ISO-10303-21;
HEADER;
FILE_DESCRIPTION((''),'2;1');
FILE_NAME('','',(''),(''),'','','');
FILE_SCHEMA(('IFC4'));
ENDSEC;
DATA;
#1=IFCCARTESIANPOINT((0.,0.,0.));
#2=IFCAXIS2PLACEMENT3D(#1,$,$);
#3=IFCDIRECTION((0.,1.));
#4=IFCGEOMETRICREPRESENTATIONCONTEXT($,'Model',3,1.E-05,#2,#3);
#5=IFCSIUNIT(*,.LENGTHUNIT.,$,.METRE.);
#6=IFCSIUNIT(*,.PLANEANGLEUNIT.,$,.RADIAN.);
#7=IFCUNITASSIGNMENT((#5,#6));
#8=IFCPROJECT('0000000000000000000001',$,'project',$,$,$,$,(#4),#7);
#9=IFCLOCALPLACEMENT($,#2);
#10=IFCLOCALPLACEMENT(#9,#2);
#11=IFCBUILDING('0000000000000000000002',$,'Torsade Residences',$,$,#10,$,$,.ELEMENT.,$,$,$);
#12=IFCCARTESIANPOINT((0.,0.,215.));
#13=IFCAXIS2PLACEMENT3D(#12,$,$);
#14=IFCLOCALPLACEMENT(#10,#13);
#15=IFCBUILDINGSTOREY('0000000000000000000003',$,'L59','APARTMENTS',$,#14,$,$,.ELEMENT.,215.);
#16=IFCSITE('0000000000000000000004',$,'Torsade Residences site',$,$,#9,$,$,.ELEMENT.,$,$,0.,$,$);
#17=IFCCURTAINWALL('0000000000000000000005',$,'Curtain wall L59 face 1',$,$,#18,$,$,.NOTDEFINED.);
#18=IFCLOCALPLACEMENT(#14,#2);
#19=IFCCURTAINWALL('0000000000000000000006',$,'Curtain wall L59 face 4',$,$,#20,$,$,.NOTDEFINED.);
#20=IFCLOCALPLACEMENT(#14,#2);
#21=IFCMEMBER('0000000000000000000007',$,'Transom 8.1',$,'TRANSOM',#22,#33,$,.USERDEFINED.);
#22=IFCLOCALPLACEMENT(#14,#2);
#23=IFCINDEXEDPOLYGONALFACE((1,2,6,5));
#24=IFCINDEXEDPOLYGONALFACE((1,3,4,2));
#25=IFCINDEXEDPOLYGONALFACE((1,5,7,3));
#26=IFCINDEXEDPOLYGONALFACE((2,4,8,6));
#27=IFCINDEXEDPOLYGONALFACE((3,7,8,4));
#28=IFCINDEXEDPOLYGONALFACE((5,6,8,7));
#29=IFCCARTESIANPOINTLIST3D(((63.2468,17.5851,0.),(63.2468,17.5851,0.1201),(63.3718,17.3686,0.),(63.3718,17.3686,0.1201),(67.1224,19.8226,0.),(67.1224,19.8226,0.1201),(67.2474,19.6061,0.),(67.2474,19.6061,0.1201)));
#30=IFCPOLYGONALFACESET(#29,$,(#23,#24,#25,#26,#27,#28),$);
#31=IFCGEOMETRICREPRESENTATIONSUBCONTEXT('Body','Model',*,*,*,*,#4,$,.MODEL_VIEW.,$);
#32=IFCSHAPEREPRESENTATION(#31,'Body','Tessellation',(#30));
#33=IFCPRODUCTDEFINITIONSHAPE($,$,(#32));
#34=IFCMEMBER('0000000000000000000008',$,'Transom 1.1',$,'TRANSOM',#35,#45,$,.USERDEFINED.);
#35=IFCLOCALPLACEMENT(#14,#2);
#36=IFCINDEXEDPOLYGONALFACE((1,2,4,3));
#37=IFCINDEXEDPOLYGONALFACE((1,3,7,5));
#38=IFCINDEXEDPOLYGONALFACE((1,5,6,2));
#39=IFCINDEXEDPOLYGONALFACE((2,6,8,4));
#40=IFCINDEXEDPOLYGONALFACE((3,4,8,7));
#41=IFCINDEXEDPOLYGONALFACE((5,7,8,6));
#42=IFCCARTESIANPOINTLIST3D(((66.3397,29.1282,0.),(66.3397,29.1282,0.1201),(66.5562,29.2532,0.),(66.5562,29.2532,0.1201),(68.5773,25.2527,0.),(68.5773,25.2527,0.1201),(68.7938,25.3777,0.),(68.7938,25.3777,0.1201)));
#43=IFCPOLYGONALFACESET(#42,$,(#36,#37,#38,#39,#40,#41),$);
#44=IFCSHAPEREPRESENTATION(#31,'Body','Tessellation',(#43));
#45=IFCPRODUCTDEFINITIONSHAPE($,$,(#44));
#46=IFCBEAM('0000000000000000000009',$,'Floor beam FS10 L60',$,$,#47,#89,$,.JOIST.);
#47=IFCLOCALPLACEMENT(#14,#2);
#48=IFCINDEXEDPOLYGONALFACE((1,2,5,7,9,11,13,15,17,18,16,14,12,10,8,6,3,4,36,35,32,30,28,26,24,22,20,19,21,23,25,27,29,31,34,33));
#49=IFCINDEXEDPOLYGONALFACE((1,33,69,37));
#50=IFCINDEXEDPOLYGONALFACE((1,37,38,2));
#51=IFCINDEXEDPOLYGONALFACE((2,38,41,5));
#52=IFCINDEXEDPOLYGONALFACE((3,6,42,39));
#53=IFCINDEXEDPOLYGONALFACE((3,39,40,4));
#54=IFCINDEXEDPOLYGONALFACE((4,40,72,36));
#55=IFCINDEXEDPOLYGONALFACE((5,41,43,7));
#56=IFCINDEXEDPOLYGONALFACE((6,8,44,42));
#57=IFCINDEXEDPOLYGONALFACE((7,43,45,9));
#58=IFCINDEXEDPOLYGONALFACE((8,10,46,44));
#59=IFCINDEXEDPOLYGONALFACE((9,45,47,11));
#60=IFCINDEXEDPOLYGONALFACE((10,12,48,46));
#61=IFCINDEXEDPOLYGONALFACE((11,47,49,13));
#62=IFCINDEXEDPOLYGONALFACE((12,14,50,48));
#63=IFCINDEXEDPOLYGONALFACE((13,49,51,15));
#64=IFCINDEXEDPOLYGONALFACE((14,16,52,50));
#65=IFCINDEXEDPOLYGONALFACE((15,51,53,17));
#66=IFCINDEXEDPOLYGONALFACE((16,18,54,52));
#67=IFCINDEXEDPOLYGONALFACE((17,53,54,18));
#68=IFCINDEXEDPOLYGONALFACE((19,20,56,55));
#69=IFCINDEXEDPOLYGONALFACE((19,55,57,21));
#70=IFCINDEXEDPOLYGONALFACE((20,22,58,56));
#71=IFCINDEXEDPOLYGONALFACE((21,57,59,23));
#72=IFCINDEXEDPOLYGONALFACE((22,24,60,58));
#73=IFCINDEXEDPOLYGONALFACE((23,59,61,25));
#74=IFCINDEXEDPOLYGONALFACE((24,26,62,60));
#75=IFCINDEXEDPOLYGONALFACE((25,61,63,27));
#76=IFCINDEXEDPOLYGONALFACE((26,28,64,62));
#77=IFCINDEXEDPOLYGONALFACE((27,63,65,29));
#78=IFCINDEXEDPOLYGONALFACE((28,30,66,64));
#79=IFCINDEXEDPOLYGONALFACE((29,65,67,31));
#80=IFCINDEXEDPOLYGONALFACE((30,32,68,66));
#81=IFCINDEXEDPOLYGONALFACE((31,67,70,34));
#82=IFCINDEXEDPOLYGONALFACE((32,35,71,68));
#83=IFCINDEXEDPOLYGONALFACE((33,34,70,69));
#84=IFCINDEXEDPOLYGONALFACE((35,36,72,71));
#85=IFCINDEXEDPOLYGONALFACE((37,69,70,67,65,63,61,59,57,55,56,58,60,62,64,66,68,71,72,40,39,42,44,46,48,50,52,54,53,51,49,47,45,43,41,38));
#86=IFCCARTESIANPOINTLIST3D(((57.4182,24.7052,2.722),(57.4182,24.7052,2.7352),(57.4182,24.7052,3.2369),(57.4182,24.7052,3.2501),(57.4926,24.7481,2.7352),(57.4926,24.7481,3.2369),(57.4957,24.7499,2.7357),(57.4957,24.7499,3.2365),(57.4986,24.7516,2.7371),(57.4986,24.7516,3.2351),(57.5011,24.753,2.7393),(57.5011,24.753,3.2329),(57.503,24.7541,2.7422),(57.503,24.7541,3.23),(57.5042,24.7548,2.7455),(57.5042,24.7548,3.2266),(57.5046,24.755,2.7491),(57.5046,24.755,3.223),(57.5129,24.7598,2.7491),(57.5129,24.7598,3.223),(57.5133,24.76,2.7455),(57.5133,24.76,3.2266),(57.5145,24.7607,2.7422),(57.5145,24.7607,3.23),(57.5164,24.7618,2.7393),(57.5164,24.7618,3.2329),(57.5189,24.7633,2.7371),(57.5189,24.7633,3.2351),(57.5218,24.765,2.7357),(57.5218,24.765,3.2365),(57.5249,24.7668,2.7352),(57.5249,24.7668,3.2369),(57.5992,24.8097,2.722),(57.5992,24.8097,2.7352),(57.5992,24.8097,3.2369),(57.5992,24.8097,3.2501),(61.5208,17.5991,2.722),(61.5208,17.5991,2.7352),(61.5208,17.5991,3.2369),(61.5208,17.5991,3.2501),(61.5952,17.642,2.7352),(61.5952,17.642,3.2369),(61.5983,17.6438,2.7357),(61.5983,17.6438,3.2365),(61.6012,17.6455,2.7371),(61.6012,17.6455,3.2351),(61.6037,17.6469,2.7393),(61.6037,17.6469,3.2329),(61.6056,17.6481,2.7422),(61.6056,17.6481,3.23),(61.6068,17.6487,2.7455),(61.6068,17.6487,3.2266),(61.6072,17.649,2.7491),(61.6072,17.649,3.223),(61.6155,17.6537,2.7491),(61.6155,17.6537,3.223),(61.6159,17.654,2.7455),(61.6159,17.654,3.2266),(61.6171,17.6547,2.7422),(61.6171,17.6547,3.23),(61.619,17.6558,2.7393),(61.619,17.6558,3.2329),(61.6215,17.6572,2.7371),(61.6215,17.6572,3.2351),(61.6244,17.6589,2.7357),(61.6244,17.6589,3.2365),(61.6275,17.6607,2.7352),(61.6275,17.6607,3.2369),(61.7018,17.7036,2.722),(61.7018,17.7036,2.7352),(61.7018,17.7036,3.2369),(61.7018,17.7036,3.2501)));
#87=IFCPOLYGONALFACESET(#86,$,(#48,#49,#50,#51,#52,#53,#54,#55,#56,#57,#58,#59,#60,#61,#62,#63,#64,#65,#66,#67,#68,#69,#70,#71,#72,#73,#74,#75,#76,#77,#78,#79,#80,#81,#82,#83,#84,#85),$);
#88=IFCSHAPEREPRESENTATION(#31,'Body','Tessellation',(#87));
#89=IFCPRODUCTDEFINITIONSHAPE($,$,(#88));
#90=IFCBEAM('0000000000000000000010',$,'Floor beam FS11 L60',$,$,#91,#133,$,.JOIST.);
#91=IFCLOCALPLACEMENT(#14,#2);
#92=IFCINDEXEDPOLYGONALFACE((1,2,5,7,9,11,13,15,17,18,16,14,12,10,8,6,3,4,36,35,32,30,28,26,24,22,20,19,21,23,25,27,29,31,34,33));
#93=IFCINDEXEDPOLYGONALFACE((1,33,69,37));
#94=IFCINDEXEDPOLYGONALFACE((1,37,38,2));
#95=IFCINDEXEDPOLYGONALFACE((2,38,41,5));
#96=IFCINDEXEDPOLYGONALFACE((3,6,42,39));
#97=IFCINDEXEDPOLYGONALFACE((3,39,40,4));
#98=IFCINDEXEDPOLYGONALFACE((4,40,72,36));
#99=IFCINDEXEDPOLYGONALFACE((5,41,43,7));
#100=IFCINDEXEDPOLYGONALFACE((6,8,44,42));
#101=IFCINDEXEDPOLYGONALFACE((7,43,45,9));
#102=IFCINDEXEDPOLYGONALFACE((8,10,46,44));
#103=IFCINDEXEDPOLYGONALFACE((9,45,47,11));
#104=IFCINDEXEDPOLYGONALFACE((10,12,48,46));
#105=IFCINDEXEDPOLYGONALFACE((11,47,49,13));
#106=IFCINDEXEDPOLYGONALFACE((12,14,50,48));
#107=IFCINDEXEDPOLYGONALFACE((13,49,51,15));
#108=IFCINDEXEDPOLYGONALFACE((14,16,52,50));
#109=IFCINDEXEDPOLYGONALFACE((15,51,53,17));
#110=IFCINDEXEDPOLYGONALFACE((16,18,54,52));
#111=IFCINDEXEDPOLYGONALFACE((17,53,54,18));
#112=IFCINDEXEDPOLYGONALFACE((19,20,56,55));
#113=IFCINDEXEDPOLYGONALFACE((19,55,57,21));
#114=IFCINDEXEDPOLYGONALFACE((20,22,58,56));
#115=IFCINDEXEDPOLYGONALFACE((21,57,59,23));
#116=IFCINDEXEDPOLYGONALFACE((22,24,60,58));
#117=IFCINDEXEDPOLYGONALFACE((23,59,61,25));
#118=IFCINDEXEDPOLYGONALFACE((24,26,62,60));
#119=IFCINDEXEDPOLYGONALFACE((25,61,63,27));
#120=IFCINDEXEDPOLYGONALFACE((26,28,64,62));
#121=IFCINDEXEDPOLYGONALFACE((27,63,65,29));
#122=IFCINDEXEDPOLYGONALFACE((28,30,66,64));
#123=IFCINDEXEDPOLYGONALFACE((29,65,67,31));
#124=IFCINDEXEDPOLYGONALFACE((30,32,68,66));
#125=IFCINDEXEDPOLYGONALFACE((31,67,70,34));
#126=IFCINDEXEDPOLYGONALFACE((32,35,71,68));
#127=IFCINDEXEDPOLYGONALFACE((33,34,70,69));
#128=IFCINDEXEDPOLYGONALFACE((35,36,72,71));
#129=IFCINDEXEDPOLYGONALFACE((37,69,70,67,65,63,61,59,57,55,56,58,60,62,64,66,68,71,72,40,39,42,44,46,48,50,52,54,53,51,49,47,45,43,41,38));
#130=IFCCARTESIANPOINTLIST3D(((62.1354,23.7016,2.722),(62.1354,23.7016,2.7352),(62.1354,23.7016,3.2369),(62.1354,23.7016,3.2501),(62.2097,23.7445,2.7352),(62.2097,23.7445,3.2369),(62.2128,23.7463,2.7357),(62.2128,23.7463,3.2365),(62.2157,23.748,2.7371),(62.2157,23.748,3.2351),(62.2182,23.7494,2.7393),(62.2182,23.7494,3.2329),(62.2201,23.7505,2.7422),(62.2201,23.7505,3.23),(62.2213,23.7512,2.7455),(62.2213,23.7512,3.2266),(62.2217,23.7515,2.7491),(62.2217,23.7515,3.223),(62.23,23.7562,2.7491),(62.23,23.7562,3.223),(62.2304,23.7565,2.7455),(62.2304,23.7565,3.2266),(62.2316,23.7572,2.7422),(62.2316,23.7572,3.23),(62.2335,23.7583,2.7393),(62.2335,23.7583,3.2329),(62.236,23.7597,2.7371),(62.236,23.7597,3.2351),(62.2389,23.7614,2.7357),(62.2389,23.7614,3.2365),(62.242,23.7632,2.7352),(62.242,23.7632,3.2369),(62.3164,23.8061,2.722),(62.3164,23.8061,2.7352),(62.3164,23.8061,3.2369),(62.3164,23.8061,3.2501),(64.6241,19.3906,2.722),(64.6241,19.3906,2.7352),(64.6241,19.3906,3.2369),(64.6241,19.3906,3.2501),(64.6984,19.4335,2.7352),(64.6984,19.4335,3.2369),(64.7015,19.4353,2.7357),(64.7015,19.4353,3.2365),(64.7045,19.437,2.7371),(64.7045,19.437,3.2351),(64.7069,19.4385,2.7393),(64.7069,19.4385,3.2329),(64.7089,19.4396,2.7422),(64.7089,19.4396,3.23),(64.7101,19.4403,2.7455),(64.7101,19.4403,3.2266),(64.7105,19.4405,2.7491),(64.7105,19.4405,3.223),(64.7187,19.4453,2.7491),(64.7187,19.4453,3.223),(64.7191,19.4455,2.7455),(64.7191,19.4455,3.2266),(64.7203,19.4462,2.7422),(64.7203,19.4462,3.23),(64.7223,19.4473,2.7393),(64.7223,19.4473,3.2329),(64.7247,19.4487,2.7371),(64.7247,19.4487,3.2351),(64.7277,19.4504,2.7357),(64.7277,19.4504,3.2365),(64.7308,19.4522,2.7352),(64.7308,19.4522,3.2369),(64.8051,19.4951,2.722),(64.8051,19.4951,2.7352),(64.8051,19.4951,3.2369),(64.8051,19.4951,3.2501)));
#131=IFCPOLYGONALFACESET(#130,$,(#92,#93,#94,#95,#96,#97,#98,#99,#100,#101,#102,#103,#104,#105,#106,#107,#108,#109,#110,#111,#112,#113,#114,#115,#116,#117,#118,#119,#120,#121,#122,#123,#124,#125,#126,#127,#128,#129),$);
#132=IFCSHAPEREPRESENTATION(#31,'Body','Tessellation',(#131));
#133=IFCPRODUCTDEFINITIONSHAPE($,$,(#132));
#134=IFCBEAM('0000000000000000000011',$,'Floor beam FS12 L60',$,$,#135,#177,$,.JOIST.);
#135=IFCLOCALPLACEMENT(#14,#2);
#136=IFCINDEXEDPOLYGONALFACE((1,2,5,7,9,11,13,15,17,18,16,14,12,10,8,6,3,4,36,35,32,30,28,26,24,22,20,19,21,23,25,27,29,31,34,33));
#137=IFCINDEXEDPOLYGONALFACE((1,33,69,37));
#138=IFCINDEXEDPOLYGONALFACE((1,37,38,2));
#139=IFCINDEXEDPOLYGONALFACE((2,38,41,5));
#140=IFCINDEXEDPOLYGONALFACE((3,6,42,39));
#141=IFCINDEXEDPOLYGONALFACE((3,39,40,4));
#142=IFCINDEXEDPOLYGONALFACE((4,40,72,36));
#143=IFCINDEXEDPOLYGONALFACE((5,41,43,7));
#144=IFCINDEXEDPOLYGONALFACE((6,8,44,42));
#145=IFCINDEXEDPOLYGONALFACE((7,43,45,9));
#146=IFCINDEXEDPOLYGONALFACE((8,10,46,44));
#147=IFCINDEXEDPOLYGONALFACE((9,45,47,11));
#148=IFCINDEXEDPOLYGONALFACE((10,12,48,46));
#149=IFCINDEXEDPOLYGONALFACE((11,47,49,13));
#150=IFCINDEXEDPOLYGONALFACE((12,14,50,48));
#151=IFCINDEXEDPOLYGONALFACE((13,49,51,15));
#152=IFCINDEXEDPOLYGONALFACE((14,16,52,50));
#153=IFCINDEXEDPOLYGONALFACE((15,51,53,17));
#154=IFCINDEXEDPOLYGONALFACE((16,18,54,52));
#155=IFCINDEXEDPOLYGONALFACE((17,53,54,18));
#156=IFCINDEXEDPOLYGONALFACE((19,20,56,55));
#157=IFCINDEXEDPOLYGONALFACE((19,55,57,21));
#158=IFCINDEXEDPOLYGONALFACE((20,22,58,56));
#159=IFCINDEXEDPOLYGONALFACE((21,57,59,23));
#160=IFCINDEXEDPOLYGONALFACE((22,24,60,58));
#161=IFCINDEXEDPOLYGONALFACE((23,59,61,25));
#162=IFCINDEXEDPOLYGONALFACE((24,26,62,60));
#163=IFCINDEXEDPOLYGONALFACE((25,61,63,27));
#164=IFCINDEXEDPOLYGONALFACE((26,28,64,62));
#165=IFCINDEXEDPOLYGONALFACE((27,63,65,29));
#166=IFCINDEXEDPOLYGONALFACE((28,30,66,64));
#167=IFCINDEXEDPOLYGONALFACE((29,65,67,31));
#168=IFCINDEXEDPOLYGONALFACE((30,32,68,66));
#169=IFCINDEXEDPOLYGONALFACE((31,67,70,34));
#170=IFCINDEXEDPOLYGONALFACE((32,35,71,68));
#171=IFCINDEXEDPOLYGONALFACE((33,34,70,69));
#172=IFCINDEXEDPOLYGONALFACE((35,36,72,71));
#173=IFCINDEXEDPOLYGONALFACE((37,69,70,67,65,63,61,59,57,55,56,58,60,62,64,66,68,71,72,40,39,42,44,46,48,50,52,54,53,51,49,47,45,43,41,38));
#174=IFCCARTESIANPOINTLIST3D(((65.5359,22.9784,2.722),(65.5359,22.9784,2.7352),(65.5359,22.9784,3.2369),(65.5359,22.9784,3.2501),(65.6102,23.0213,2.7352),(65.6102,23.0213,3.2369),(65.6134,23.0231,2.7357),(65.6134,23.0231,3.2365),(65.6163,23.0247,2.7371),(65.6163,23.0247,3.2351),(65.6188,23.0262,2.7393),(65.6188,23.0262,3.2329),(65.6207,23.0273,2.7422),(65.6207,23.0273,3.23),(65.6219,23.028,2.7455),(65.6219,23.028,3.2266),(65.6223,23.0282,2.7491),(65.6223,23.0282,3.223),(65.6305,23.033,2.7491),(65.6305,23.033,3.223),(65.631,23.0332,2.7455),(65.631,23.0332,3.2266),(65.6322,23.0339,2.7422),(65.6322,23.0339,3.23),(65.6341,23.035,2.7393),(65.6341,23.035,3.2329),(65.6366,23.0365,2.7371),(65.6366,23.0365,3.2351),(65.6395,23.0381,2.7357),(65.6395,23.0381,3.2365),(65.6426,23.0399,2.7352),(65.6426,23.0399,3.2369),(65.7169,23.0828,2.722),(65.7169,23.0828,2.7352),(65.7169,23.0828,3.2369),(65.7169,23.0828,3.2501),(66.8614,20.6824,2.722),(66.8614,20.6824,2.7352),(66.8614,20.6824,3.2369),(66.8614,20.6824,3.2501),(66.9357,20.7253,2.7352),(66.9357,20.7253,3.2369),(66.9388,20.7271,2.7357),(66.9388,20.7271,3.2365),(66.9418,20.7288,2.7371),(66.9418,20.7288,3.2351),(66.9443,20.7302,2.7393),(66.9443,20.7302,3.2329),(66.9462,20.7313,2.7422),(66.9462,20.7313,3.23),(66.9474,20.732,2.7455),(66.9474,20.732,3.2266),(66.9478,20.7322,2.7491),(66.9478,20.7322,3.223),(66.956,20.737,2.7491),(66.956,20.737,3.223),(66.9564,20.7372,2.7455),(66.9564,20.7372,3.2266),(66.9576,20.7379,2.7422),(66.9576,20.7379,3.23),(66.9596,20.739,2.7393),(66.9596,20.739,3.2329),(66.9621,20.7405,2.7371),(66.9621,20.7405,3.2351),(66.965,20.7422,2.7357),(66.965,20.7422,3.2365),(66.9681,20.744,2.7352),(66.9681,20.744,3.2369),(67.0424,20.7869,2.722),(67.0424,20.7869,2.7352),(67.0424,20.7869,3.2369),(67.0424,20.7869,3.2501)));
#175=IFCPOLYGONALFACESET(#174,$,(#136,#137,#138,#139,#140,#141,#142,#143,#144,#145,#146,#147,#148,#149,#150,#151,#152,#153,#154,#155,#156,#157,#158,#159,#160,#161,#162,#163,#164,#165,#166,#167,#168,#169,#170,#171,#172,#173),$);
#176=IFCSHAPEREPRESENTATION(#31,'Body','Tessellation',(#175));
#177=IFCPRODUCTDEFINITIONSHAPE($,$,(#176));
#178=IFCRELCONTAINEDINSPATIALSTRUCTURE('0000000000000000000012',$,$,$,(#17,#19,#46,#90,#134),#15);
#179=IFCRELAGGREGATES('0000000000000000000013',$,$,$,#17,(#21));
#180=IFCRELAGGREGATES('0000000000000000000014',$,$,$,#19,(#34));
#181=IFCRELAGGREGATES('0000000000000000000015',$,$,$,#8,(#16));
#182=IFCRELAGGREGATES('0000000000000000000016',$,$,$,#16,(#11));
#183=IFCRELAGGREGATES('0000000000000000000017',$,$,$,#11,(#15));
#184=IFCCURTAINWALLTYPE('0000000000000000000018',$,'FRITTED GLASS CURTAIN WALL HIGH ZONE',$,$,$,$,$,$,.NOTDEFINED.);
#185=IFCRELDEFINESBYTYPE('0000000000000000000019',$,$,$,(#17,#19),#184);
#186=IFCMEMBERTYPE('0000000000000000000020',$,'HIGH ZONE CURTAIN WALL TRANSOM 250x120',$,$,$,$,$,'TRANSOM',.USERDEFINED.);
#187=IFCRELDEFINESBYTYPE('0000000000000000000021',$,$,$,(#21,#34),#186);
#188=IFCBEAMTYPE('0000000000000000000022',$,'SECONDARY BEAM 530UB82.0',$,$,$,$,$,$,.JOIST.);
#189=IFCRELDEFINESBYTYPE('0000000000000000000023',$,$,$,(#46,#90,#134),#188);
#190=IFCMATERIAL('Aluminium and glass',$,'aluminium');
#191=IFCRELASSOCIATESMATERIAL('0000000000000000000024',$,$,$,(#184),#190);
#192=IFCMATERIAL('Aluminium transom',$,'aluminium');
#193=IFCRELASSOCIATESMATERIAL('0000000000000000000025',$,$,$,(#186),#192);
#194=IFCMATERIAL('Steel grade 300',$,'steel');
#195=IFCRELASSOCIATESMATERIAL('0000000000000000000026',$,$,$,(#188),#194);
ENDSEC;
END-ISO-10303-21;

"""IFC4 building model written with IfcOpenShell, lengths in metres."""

from ifc_helpers import new_model, si_unit, direction, frame, origin, origin_2d, place, context, subcontext, project, spatial, rectangle, i_section, extrude, material, material_profile, profile_set, type_object, element, aggregate, save


model = new_model("IFC4")

# Units and contexts
model_context = context("Model", 3, precision=1e-05, world=origin(), true_north=direction((0.0, 1.0)))
body_context = subcontext(model_context, "Body", "Model", "MODEL_VIEW")
ifc_project = project(units=[si_unit("LENGTHUNIT", "METRE"), si_unit("PLANEANGLEUNIT", "RADIAN")], contexts=[model_context])

# Site, building, storey
site_placement = place(None, origin())
site = spatial("IfcSite", under=ifc_project, at=site_placement, Name="Torsade Residences site", CompositionType="ELEMENT", RefElevation=0.0)
building_placement = place(site_placement, origin())
building = spatial("IfcBuilding", under=site, at=building_placement, Name="Torsade Residences", CompositionType="ELEMENT")
storey_placement = place(building_placement, frame((0.0, 0.0, 215.0)))
storey = spatial("IfcBuildingStorey", under=building, at=storey_placement, Name="L59", Description="APARTMENTS", CompositionType="ELEMENT", Elevation=215.0)

# Curtain wall
ifc_material_1 = material(Name="Aluminium and glass", Category="aluminium")
curtain_wall_type = type_object("IfcCurtainWallType", Name="FRITTED GLASS CURTAIN WALL HIGH ZONE", PredefinedType="NOTDEFINED", material=ifc_material_1)
curtain_wall_1_placement = place(storey_placement, origin())
curtain_wall_1 = element("IfcCurtainWall", 1, at=curtain_wall_1_placement, inside=storey, type_object=curtain_wall_type, Name="Curtain wall L59 face 1", PredefinedType="NOTDEFINED")

# Curtain wall
curtain_wall_2_placement = place(storey_placement, origin())
curtain_wall_2 = element("IfcCurtainWall", 2, at=curtain_wall_2_placement, inside=storey, type_object=curtain_wall_type, Name="Curtain wall L59 face 4", PredefinedType="NOTDEFINED")

# Members
ifc_material_2 = material(Name="Aluminium transom", Category="aluminium")
ifc_material_profile_1 = material_profile(ifc_material_2, rectangle(XDim=0.25, YDim=0.1201, at=origin_2d()), Name="HIGH ZONE CURTAIN WALL TRANSOM 250x120")
ifc_profile_set_1 = profile_set([ifc_material_profile_1], Name="Aluminium transom")
member_type_1 = type_object("IfcMemberType", Name="HIGH ZONE CURTAIN WALL TRANSOM 250x120", ElementType="TRANSOM", PredefinedType="USERDEFINED", material=ifc_profile_set_1)
member_1_placement = place(storey_placement, frame((63.3093, 17.4768, 0.0601), z_axis=(0.866022, 0.500006, 0.0), x_axis=(-0.500006, 0.866022, 0.0)))
member_1 = element("IfcMember", 3, at=member_1_placement, type_object=member_type_1, Name="Transom 8.1", ObjectType="TRANSOM", PredefinedType="USERDEFINED", context=body_context, shape_type="SweptSolid", body=[
    extrude(rectangle(XDim=0.25, YDim=0.1201, at=origin_2d()), origin(), (0.0, 0.0, 1.0), 4.4751),
])
member_2_placement = place(storey_placement, frame((68.6855, 25.3152, 0.0601), z_axis=(-0.500006, 0.866022, 0.0), x_axis=(-0.866022, -0.500006, 0.0)))
member_2 = element("IfcMember", 4, at=member_2_placement, type_object=member_type_1, Name="Transom 1.1", ObjectType="TRANSOM", PredefinedType="USERDEFINED", context=body_context, shape_type="SweptSolid", body=[
    extrude(rectangle(XDim=0.25, YDim=0.1201, at=origin_2d()), origin(), (0.0, 0.0, 1.0), 4.4751),
])

# Beams
ifc_material_3 = material(Name="Steel grade 300", Category="steel")
ifc_material_profile_2 = material_profile(ifc_material_3, i_section(OverallWidth=0.209, OverallDepth=0.5281, WebThickness=0.0095, FlangeThickness=0.0132, FilletRadius=0.0139, at=origin_2d()), Name="530UB82.0")
ifc_profile_set_2 = profile_set([ifc_material_profile_2], Name="Steel grade 300")
beam_type_1 = type_object("IfcBeamType", Name="SECONDARY BEAM 530UB82.0", PredefinedType="JOIST", material=ifc_profile_set_2)
beam_1_placement = place(storey_placement, frame((61.6113, 17.6514, 2.9861), z_axis=(-0.499992, 0.86603, 0.0), x_axis=(-0.86603, -0.499992, 0.0)))
element("IfcBeam", 5, at=beam_1_placement, inside=storey, type_object=beam_type_1, Name="Floor beam FS10 L60", PredefinedType="JOIST", context=body_context, shape_type="SweptSolid", body=[
    extrude(i_section(OverallWidth=0.209, OverallDepth=0.5281, WebThickness=0.0095, FlangeThickness=0.0132, FilletRadius=0.0139, at=origin_2d()), origin(), (0.0, 0.0, 1.0), 8.2053),
])
beam_2_placement = place(storey_placement, frame((64.7146, 19.4429, 2.9861), z_axis=(-0.499969, 0.866043, 0.0), x_axis=(-0.866043, -0.499969, 0.0)))
element("IfcBeam", 6, at=beam_2_placement, inside=storey, type_object=beam_type_1, Name="Floor beam FS11 L60", PredefinedType="JOIST", context=body_context, shape_type="SweptSolid", body=[
    extrude(i_section(OverallWidth=0.209, OverallDepth=0.5281, WebThickness=0.0095, FlangeThickness=0.0132, FilletRadius=0.0139, at=origin_2d()), origin(), (0.0, 0.0, 1.0), 4.9778),
])
beam_3_placement = place(storey_placement, frame((66.9519, 20.7346, 2.9861), z_axis=(-0.499972, 0.866041, 0.0), x_axis=(-0.866041, -0.499972, 0.0)))
element("IfcBeam", 7, at=beam_3_placement, inside=storey, type_object=beam_type_1, Name="Floor beam FS12 L60", PredefinedType="JOIST", context=body_context, shape_type="SweptSolid", body=[
    extrude(i_section(OverallWidth=0.209, OverallDepth=0.5281, WebThickness=0.0095, FlangeThickness=0.0132, FilletRadius=0.0139, at=origin_2d()), origin(), (0.0, 0.0, 1.0), 2.6511),
])

aggregate(curtain_wall_1, [member_1])
aggregate(curtain_wall_2, [member_2])

save(model, "model.ifc")
